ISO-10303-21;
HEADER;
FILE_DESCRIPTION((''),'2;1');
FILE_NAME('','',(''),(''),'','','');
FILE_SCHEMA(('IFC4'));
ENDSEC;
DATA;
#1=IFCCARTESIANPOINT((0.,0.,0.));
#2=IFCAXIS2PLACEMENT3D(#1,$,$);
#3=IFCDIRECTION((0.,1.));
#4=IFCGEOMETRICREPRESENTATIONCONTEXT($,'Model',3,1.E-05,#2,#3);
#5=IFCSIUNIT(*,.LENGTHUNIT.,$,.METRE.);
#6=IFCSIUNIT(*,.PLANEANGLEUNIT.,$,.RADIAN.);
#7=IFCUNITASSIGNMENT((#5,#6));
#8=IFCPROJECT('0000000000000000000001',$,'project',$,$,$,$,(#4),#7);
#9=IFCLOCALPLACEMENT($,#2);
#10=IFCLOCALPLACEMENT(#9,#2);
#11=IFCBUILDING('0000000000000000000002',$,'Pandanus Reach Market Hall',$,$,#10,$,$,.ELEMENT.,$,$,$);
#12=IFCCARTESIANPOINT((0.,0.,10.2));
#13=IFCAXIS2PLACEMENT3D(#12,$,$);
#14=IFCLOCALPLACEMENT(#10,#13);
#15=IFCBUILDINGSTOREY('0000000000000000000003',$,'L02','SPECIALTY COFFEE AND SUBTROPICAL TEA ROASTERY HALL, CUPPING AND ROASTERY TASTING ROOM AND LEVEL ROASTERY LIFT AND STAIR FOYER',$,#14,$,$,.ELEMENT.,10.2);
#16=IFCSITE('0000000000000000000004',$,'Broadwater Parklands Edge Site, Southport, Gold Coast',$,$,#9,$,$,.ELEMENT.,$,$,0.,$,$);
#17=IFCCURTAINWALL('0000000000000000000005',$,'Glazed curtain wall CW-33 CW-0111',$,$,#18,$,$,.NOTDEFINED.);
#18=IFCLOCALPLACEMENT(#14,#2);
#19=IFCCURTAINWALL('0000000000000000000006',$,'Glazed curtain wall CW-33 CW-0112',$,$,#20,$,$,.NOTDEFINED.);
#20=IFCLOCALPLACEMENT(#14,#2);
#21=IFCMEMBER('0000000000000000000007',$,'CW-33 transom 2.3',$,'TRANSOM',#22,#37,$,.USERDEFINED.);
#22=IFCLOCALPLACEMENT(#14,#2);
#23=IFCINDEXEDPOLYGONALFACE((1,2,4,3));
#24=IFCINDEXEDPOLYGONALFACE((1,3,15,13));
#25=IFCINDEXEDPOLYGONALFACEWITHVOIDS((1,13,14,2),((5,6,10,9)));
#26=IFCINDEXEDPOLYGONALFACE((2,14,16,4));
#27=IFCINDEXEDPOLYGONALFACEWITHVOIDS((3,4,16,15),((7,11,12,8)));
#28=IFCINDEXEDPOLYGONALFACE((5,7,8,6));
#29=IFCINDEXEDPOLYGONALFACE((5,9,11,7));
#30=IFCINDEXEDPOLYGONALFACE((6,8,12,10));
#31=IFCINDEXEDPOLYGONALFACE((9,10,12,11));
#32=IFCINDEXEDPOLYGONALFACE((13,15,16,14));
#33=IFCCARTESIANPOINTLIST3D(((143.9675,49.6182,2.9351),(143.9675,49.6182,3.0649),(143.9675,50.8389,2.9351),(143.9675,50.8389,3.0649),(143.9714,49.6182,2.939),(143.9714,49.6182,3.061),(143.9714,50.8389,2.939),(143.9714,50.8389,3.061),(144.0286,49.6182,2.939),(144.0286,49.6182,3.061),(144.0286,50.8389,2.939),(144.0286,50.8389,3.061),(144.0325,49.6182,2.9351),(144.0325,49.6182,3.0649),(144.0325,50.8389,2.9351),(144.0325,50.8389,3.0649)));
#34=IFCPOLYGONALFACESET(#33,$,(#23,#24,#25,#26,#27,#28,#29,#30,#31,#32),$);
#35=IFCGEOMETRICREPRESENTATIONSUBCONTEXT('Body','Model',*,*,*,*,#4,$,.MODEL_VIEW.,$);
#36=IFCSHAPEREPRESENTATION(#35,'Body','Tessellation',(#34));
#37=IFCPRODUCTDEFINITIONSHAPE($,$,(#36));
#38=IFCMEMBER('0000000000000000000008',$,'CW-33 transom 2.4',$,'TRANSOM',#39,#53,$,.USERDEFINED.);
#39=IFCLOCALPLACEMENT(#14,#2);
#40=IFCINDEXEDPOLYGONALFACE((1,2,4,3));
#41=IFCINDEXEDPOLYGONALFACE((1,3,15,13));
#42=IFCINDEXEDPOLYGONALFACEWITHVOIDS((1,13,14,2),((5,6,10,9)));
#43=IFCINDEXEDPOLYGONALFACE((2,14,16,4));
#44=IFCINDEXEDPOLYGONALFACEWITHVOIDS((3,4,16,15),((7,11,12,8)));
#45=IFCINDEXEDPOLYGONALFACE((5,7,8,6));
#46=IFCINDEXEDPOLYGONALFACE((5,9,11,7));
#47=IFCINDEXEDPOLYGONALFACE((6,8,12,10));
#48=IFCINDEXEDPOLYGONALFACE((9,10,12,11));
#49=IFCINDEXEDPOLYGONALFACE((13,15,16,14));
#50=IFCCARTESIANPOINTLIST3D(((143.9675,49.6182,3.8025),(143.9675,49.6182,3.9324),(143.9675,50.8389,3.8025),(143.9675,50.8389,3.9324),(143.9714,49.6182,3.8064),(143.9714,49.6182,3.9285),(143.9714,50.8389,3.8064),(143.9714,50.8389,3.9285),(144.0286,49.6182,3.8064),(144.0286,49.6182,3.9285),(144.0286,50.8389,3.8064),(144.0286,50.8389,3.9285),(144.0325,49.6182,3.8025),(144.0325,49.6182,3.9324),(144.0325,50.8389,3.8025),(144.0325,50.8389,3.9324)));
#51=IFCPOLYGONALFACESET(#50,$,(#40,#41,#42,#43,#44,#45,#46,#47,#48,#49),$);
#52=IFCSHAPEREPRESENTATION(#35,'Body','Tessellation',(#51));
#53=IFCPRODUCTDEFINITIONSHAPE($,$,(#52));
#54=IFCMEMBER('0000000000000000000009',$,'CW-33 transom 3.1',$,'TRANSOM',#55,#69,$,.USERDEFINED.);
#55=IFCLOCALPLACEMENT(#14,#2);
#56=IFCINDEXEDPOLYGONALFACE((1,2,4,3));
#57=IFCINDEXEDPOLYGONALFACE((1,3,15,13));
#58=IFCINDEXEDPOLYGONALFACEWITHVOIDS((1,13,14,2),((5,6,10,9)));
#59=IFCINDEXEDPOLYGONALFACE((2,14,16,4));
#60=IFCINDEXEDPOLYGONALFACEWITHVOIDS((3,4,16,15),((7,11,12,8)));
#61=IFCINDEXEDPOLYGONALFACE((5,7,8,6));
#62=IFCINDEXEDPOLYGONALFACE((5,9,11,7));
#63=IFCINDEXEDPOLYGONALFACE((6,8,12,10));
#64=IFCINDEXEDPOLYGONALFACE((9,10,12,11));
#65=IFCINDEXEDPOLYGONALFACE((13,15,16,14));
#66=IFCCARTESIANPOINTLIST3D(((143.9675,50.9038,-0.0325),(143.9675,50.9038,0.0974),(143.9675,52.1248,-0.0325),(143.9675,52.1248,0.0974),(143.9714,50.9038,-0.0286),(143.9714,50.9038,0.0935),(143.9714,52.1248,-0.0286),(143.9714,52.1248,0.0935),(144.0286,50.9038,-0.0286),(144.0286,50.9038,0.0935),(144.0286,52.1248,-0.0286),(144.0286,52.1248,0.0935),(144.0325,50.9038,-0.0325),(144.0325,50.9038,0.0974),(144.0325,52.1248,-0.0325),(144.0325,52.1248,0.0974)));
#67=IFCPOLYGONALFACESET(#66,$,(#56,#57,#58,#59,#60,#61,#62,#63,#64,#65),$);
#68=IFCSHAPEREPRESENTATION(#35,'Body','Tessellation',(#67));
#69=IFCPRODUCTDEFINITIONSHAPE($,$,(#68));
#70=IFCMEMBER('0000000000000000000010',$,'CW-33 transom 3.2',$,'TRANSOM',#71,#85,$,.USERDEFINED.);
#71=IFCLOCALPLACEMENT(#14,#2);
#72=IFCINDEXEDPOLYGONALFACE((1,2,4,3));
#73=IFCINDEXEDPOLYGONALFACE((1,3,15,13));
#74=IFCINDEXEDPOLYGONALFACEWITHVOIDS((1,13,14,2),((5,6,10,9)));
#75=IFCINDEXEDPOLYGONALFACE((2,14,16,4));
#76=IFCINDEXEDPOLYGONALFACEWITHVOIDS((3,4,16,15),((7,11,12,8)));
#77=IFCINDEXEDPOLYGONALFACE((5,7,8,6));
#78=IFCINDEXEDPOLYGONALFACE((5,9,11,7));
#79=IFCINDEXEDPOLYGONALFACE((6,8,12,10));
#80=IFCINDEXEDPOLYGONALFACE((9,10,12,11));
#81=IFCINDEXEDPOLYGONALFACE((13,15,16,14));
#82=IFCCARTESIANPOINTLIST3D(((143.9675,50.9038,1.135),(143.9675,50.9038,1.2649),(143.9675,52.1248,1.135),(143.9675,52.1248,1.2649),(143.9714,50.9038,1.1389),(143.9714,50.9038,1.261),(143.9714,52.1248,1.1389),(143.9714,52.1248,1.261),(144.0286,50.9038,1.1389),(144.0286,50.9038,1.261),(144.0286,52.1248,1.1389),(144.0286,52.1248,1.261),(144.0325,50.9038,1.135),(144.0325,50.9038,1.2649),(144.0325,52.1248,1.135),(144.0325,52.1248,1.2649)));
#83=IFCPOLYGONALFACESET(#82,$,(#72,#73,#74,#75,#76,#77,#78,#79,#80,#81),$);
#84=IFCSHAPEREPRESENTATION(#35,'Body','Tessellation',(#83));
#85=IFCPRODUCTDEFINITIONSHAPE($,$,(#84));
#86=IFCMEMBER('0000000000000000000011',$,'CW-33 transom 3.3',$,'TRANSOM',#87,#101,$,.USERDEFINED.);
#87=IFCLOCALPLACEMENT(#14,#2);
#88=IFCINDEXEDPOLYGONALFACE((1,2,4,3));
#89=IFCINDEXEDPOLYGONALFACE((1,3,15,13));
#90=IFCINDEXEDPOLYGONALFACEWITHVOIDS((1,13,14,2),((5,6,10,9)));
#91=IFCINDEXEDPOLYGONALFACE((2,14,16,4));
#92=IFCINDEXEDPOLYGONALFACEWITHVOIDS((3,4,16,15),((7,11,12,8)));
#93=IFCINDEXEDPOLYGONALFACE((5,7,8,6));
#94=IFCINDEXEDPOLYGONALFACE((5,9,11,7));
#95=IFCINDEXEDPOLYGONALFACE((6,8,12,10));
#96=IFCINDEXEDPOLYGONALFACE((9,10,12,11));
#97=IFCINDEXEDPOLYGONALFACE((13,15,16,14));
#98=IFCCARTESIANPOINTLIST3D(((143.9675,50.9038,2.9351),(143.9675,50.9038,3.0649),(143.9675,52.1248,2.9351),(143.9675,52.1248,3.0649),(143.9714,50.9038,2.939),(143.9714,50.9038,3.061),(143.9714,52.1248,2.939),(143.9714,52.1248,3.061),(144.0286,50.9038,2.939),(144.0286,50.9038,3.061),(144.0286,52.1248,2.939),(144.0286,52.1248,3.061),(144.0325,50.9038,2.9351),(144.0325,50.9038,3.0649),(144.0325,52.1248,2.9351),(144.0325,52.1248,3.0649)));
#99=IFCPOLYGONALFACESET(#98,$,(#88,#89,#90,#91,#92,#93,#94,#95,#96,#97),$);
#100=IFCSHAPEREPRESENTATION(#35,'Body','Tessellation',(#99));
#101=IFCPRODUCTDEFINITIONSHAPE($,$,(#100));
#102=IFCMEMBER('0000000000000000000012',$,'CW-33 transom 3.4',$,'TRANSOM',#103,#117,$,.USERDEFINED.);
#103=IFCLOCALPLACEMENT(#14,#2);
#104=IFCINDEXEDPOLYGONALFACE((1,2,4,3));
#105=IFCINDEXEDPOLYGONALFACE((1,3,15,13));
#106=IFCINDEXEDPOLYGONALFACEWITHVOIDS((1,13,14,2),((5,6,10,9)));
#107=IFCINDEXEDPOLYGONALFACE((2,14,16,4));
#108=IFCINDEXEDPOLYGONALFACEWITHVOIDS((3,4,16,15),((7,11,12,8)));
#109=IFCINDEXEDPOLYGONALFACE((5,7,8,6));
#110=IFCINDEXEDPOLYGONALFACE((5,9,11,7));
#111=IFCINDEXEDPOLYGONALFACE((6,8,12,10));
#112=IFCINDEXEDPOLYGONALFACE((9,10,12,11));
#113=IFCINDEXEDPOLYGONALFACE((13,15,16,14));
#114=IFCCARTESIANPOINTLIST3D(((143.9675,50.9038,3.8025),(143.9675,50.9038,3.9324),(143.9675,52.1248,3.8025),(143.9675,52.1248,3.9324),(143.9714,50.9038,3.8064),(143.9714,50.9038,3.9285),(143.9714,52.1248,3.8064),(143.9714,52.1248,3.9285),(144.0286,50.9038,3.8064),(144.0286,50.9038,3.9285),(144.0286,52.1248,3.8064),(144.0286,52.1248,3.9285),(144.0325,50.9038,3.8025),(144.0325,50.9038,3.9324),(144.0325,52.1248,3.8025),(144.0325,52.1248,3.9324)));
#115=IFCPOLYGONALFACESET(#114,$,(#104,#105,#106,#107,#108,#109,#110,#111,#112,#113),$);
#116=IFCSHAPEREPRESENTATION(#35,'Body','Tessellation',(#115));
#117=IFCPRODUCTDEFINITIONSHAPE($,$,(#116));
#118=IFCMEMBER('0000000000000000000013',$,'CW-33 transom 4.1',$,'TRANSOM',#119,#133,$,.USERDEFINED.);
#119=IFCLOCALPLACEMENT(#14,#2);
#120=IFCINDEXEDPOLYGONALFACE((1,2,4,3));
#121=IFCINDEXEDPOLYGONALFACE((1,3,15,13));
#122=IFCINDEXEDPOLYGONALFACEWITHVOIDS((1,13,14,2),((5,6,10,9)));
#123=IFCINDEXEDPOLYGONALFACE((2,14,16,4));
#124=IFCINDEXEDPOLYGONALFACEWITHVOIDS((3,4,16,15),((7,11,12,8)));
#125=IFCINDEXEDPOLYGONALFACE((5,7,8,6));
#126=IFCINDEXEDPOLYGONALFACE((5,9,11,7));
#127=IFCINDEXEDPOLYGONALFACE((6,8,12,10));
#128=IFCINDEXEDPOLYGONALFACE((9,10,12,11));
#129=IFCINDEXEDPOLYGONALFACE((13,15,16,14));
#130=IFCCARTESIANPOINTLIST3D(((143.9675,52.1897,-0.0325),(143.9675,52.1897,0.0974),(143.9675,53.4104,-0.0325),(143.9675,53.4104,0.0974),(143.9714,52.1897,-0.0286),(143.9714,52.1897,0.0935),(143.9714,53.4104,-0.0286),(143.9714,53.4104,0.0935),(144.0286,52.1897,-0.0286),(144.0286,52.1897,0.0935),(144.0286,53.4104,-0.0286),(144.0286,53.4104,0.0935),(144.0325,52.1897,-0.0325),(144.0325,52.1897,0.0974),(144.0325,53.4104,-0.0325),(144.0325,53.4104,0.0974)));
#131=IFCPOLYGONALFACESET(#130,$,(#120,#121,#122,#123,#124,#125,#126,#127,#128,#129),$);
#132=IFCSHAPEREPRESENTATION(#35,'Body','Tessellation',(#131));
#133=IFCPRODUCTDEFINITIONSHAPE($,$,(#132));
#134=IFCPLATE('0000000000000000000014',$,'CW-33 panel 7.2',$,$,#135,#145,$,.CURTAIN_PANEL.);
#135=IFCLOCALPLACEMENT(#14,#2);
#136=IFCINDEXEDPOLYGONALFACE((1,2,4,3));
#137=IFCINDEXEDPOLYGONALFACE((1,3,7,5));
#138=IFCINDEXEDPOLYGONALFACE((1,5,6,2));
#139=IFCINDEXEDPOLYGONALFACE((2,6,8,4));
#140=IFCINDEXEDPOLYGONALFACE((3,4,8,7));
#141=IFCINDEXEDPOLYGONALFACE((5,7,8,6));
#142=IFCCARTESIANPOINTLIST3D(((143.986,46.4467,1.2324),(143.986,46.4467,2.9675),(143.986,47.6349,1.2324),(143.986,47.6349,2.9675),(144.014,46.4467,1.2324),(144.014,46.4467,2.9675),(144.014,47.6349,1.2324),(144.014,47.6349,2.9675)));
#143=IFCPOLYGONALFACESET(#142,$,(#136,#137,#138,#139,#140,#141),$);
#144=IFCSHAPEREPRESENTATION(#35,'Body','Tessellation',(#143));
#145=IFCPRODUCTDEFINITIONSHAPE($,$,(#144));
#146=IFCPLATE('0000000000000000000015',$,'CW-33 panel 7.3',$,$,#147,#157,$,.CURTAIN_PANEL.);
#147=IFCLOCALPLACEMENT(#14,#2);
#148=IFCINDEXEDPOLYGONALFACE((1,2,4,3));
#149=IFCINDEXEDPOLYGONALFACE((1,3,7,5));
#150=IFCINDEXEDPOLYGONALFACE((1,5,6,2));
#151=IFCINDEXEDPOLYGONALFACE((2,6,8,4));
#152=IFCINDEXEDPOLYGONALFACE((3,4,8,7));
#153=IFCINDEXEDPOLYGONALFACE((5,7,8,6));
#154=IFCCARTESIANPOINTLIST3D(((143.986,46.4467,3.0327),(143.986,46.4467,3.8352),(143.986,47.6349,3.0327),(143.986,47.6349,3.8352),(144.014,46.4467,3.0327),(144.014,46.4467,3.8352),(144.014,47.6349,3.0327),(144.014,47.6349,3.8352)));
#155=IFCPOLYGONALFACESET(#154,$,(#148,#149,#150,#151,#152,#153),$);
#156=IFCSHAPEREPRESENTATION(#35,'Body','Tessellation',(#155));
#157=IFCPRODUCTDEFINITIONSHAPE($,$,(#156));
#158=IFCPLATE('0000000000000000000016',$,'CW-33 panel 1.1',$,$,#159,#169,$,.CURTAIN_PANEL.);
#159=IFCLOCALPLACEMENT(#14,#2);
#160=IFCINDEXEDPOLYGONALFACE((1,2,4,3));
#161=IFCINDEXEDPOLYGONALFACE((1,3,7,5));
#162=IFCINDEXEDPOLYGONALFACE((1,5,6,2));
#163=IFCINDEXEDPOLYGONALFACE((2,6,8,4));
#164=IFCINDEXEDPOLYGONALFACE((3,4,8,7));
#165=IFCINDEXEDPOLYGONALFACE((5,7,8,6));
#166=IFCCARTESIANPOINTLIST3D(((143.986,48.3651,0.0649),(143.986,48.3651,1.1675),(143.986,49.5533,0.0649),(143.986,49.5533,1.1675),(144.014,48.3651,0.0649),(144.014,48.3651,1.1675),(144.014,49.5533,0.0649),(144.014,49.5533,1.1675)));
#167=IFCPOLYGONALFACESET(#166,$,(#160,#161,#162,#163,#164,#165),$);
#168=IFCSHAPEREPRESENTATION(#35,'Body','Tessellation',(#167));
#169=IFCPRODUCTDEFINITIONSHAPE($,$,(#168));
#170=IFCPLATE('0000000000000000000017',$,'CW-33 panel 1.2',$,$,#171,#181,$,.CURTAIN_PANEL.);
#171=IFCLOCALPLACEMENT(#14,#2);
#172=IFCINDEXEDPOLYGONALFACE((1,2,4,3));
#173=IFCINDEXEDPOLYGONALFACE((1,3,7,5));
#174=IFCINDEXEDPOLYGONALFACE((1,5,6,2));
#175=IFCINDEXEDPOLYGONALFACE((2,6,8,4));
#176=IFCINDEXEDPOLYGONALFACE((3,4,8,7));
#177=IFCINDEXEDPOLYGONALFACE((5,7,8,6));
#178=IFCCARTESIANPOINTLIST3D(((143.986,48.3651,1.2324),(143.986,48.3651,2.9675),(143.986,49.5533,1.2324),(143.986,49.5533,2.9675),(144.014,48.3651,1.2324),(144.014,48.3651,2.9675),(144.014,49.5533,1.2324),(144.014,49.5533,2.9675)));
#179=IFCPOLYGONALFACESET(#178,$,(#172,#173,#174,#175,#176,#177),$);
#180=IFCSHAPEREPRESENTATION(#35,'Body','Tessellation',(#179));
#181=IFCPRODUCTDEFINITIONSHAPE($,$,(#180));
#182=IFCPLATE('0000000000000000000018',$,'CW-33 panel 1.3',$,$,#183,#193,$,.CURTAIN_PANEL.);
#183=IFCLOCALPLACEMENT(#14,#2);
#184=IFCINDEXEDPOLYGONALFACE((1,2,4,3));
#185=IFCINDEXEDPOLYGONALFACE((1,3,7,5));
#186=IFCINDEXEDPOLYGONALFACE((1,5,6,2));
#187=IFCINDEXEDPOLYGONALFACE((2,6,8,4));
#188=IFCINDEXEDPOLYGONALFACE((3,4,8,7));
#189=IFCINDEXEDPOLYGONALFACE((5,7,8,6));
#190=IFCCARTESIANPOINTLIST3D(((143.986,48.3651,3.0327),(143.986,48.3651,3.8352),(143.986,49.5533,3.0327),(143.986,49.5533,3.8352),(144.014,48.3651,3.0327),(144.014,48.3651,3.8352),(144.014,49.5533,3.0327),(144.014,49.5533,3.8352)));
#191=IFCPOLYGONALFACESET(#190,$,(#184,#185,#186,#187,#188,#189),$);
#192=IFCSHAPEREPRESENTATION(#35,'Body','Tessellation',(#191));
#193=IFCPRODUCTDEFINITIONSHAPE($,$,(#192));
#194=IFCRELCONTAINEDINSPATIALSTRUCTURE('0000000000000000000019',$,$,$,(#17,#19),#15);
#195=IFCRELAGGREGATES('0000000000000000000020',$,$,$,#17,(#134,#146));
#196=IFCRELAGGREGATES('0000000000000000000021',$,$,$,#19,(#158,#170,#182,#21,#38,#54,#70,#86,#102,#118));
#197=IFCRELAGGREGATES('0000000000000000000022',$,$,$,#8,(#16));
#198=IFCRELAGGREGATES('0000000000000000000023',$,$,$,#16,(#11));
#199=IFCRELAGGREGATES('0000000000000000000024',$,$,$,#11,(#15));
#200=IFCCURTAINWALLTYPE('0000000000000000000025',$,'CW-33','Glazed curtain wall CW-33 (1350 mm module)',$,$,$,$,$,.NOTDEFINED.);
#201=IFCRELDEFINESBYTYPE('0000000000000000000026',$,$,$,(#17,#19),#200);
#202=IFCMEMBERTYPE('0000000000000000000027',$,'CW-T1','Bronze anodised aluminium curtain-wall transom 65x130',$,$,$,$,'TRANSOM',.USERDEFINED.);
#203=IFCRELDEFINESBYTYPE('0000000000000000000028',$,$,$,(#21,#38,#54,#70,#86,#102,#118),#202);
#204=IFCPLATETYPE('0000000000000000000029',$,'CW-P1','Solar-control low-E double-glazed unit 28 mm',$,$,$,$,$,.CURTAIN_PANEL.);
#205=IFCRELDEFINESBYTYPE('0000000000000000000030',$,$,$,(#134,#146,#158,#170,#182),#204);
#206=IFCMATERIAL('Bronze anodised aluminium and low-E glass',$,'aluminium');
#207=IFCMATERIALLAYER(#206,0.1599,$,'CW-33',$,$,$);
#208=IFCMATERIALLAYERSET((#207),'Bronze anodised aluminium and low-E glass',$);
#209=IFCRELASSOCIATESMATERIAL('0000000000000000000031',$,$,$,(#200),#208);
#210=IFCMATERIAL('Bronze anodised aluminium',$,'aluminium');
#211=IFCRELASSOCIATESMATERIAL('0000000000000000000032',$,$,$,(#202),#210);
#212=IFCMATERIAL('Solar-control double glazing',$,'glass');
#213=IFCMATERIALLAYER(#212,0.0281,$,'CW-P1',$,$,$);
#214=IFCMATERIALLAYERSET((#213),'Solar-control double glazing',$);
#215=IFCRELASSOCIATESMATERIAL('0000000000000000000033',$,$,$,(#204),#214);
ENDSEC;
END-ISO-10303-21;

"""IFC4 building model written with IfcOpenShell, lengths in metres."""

from ifc_helpers import new_model, si_unit, direction, frame, origin, origin_2d, place, context, subcontext, project, spatial, rectangle, hollow_rectangle, extrude, material, layer, layer_set, material_profile, profile_set, type_object, element, aggregate, save


model = new_model("IFC4")

# Units and contexts
model_context = context("Model", 3, precision=1e-05, world=origin(), true_north=direction((0.0, 1.0)))
body_context = subcontext(model_context, "Body", "Model", "MODEL_VIEW")
ifc_project = project(units=[si_unit("LENGTHUNIT", "METRE"), si_unit("PLANEANGLEUNIT", "RADIAN")], contexts=[model_context])

# Site, building, storey
site_placement = place(None, origin())
site = spatial("IfcSite", under=ifc_project, at=site_placement, Name="Broadwater Parklands Edge Site, Southport, Gold Coast", CompositionType="ELEMENT", RefElevation=0.0)
building_placement = place(site_placement, origin())
building = spatial("IfcBuilding", under=site, at=building_placement, Name="Pandanus Reach Market Hall", CompositionType="ELEMENT")
storey_placement = place(building_placement, frame((0.0, 0.0, 10.2)))
storey = spatial("IfcBuildingStorey", under=building, at=storey_placement, Name="L02", Description="SPECIALTY COFFEE AND SUBTROPICAL TEA ROASTERY HALL, CUPPING AND ROASTERY TASTING ROOM AND LEVEL ROASTERY LIFT AND STAIR FOYER", CompositionType="ELEMENT", Elevation=10.2)

# Curtain wall
ifc_material_1 = material(Name="Bronze anodised aluminium and low-E glass", Category="aluminium")
ifc_layer_1 = layer(ifc_material_1, 0.1599, Name="CW-33")
ifc_layer_set_1 = layer_set([ifc_layer_1], Name="Bronze anodised aluminium and low-E glass")
curtain_wall_type = type_object("IfcCurtainWallType", Name="CW-33", Description="Glazed curtain wall CW-33 (1350 mm module)", PredefinedType="NOTDEFINED", material=ifc_layer_set_1)
curtain_wall_1_placement = place(storey_placement, origin())
curtain_wall_1 = element("IfcCurtainWall", 1, at=curtain_wall_1_placement, inside=storey, type_object=curtain_wall_type, Name="Glazed curtain wall CW-33 CW-0111", PredefinedType="NOTDEFINED")
ifc_material_2 = material(Name="Bronze anodised aluminium", Category="aluminium")

# Curtain wall, members
curtain_wall_2_placement = place(storey_placement, origin())
curtain_wall_2 = element("IfcCurtainWall", 2, at=curtain_wall_2_placement, inside=storey, type_object=curtain_wall_type, Name="Glazed curtain wall CW-33 CW-0112", PredefinedType="NOTDEFINED")
ifc_material_profile_1 = material_profile(ifc_material_2, hollow_rectangle(XDim=0.0649, YDim=0.1299, WallThickness=0.0039, at=origin_2d()), Name="ALU65x130", Category="LoadBearing")
ifc_profile_set_1 = profile_set([ifc_material_profile_1], Name="Bronze anodised aluminium")
member_type_1 = type_object("IfcMemberType", Name="CW-T1", Description="Bronze anodised aluminium curtain-wall transom 65x130", ElementType="TRANSOM", PredefinedType="USERDEFINED", material=ifc_profile_set_1)
member_1_placement = place(storey_placement, frame((144.0, 49.6182, 3.0), z_axis=(0.0, 1.0, 0.0), x_axis=(-1.0, 0.0, 0.0)))
member_1 = element("IfcMember", 3, at=member_1_placement, type_object=member_type_1, Name="CW-33 transom 2.3", ObjectType="TRANSOM", PredefinedType="USERDEFINED", context=body_context, shape_type="SweptSolid", body=[
    extrude(hollow_rectangle(XDim=0.0649, YDim=0.1299, WallThickness=0.0039, at=origin_2d()), origin(), (0.0, 0.0, 1.0), 1.2207),
])
member_2_placement = place(storey_placement, frame((144.0, 49.6182, 3.8674), z_axis=(0.0, 1.0, 0.0), x_axis=(-1.0, 0.0, 0.0)))
member_2 = element("IfcMember", 4, at=member_2_placement, type_object=member_type_1, Name="CW-33 transom 2.4", ObjectType="TRANSOM", PredefinedType="USERDEFINED", context=body_context, shape_type="SweptSolid", body=[
    extrude(hollow_rectangle(XDim=0.0649, YDim=0.1299, WallThickness=0.0039, at=origin_2d()), origin(), (0.0, 0.0, 1.0), 1.2207),
])
member_3_placement = place(storey_placement, frame((144.0, 50.9038, 0.0325), z_axis=(0.0, 1.0, 0.0), x_axis=(-1.0, 0.0, 0.0)))
member_3 = element("IfcMember", 5, at=member_3_placement, type_object=member_type_1, Name="CW-33 transom 3.1", ObjectType="TRANSOM", PredefinedType="USERDEFINED", context=body_context, shape_type="SweptSolid", body=[
    extrude(hollow_rectangle(XDim=0.0649, YDim=0.1299, WallThickness=0.0039, at=origin_2d()), origin(), (0.0, 0.0, 1.0), 1.2209),
])
member_4_placement = place(storey_placement, frame((144.0, 50.9038, 1.2), z_axis=(0.0, 1.0, 0.0), x_axis=(-1.0, 0.0, 0.0)))
member_4 = element("IfcMember", 6, at=member_4_placement, type_object=member_type_1, Name="CW-33 transom 3.2", ObjectType="TRANSOM", PredefinedType="USERDEFINED", context=body_context, shape_type="SweptSolid", body=[
    extrude(hollow_rectangle(XDim=0.0649, YDim=0.1299, WallThickness=0.0039, at=origin_2d()), origin(), (0.0, 0.0, 1.0), 1.2209),
])
member_5_placement = place(storey_placement, frame((144.0, 50.9038, 3.0), z_axis=(0.0, 1.0, 0.0), x_axis=(-1.0, 0.0, 0.0)))
member_5 = element("IfcMember", 7, at=member_5_placement, type_object=member_type_1, Name="CW-33 transom 3.3", ObjectType="TRANSOM", PredefinedType="USERDEFINED", context=body_context, shape_type="SweptSolid", body=[
    extrude(hollow_rectangle(XDim=0.0649, YDim=0.1299, WallThickness=0.0039, at=origin_2d()), origin(), (0.0, 0.0, 1.0), 1.2209),
])
member_6_placement = place(storey_placement, frame((144.0, 50.9038, 3.8674), z_axis=(0.0, 1.0, 0.0), x_axis=(-1.0, 0.0, 0.0)))
member_6 = element("IfcMember", 8, at=member_6_placement, type_object=member_type_1, Name="CW-33 transom 3.4", ObjectType="TRANSOM", PredefinedType="USERDEFINED", context=body_context, shape_type="SweptSolid", body=[
    extrude(hollow_rectangle(XDim=0.0649, YDim=0.1299, WallThickness=0.0039, at=origin_2d()), origin(), (0.0, 0.0, 1.0), 1.2209),
])
member_7_placement = place(storey_placement, frame((144.0, 52.1897, 0.0325), z_axis=(0.0, 1.0, 0.0), x_axis=(-1.0, 0.0, 0.0)))
member_7 = element("IfcMember", 9, at=member_7_placement, type_object=member_type_1, Name="CW-33 transom 4.1", ObjectType="TRANSOM", PredefinedType="USERDEFINED", context=body_context, shape_type="SweptSolid", body=[
    extrude(hollow_rectangle(XDim=0.0649, YDim=0.1299, WallThickness=0.0039, at=origin_2d()), origin(), (0.0, 0.0, 1.0), 1.2207),
])

# Plates
ifc_material_3 = material(Name="Solar-control double glazing", Category="glass")
ifc_layer_2 = layer(ifc_material_3, 0.0281, Name="CW-P1")
ifc_layer_set_2 = layer_set([ifc_layer_2], Name="Solar-control double glazing")
plate_type = type_object("IfcPlateType", Name="CW-P1", Description="Solar-control low-E double-glazed unit 28 mm", PredefinedType="CURTAIN_PANEL", material=ifc_layer_set_2)
plate_1_placement = place(storey_placement, frame((144.0, 47.0408, 1.2324), z_axis=(0.0, 0.0, 1.0), x_axis=(0.0, 1.0, 0.0)))
plate_1 = element("IfcPlate", 10, at=plate_1_placement, type_object=plate_type, Name="CW-33 panel 7.2", PredefinedType="CURTAIN_PANEL", context=body_context, shape_type="SweptSolid", body=[
    extrude(rectangle(XDim=1.1882, YDim=0.0281, at=origin_2d()), origin(), (0.0, 0.0, 1.0), 1.7351),
])
plate_2_placement = place(storey_placement, frame((144.0, 47.0408, 3.0327), z_axis=(0.0, 0.0, 1.0), x_axis=(0.0, 1.0, 0.0)))
plate_2 = element("IfcPlate", 11, at=plate_2_placement, type_object=plate_type, Name="CW-33 panel 7.3", PredefinedType="CURTAIN_PANEL", context=body_context, shape_type="SweptSolid", body=[
    extrude(rectangle(XDim=1.1882, YDim=0.0281, at=origin_2d()), origin(), (0.0, 0.0, 1.0), 0.8025),
])
aggregate(curtain_wall_1, [plate_1, plate_2])
plate_3_placement = place(storey_placement, frame((144.0, 48.9592, 0.0649), z_axis=(0.0, 0.0, 1.0), x_axis=(0.0, 1.0, 0.0)))
plate_3 = element("IfcPlate", 12, at=plate_3_placement, type_object=plate_type, Name="CW-33 panel 1.1", PredefinedType="CURTAIN_PANEL", context=body_context, shape_type="SweptSolid", body=[
    extrude(rectangle(XDim=1.1882, YDim=0.0281, at=origin_2d()), origin(), (0.0, 0.0, 1.0), 1.1025),
])
plate_4_placement = place(storey_placement, frame((144.0, 48.9592, 1.2324), z_axis=(0.0, 0.0, 1.0), x_axis=(0.0, 1.0, 0.0)))
plate_4 = element("IfcPlate", 13, at=plate_4_placement, type_object=plate_type, Name="CW-33 panel 1.2", PredefinedType="CURTAIN_PANEL", context=body_context, shape_type="SweptSolid", body=[
    extrude(rectangle(XDim=1.1882, YDim=0.0281, at=origin_2d()), origin(), (0.0, 0.0, 1.0), 1.7351),
])
plate_5_placement = place(storey_placement, frame((144.0, 48.9592, 3.0327), z_axis=(0.0, 0.0, 1.0), x_axis=(0.0, 1.0, 0.0)))
plate_5 = element("IfcPlate", 14, at=plate_5_placement, type_object=plate_type, Name="CW-33 panel 1.3", PredefinedType="CURTAIN_PANEL", context=body_context, shape_type="SweptSolid", body=[
    extrude(rectangle(XDim=1.1882, YDim=0.0281, at=origin_2d()), origin(), (0.0, 0.0, 1.0), 0.8025),
])
aggregate(curtain_wall_2, [plate_3, plate_4, plate_5, member_1, member_2, member_3, member_4, member_5, member_6, member_7])

save(model, "model.ifc")
